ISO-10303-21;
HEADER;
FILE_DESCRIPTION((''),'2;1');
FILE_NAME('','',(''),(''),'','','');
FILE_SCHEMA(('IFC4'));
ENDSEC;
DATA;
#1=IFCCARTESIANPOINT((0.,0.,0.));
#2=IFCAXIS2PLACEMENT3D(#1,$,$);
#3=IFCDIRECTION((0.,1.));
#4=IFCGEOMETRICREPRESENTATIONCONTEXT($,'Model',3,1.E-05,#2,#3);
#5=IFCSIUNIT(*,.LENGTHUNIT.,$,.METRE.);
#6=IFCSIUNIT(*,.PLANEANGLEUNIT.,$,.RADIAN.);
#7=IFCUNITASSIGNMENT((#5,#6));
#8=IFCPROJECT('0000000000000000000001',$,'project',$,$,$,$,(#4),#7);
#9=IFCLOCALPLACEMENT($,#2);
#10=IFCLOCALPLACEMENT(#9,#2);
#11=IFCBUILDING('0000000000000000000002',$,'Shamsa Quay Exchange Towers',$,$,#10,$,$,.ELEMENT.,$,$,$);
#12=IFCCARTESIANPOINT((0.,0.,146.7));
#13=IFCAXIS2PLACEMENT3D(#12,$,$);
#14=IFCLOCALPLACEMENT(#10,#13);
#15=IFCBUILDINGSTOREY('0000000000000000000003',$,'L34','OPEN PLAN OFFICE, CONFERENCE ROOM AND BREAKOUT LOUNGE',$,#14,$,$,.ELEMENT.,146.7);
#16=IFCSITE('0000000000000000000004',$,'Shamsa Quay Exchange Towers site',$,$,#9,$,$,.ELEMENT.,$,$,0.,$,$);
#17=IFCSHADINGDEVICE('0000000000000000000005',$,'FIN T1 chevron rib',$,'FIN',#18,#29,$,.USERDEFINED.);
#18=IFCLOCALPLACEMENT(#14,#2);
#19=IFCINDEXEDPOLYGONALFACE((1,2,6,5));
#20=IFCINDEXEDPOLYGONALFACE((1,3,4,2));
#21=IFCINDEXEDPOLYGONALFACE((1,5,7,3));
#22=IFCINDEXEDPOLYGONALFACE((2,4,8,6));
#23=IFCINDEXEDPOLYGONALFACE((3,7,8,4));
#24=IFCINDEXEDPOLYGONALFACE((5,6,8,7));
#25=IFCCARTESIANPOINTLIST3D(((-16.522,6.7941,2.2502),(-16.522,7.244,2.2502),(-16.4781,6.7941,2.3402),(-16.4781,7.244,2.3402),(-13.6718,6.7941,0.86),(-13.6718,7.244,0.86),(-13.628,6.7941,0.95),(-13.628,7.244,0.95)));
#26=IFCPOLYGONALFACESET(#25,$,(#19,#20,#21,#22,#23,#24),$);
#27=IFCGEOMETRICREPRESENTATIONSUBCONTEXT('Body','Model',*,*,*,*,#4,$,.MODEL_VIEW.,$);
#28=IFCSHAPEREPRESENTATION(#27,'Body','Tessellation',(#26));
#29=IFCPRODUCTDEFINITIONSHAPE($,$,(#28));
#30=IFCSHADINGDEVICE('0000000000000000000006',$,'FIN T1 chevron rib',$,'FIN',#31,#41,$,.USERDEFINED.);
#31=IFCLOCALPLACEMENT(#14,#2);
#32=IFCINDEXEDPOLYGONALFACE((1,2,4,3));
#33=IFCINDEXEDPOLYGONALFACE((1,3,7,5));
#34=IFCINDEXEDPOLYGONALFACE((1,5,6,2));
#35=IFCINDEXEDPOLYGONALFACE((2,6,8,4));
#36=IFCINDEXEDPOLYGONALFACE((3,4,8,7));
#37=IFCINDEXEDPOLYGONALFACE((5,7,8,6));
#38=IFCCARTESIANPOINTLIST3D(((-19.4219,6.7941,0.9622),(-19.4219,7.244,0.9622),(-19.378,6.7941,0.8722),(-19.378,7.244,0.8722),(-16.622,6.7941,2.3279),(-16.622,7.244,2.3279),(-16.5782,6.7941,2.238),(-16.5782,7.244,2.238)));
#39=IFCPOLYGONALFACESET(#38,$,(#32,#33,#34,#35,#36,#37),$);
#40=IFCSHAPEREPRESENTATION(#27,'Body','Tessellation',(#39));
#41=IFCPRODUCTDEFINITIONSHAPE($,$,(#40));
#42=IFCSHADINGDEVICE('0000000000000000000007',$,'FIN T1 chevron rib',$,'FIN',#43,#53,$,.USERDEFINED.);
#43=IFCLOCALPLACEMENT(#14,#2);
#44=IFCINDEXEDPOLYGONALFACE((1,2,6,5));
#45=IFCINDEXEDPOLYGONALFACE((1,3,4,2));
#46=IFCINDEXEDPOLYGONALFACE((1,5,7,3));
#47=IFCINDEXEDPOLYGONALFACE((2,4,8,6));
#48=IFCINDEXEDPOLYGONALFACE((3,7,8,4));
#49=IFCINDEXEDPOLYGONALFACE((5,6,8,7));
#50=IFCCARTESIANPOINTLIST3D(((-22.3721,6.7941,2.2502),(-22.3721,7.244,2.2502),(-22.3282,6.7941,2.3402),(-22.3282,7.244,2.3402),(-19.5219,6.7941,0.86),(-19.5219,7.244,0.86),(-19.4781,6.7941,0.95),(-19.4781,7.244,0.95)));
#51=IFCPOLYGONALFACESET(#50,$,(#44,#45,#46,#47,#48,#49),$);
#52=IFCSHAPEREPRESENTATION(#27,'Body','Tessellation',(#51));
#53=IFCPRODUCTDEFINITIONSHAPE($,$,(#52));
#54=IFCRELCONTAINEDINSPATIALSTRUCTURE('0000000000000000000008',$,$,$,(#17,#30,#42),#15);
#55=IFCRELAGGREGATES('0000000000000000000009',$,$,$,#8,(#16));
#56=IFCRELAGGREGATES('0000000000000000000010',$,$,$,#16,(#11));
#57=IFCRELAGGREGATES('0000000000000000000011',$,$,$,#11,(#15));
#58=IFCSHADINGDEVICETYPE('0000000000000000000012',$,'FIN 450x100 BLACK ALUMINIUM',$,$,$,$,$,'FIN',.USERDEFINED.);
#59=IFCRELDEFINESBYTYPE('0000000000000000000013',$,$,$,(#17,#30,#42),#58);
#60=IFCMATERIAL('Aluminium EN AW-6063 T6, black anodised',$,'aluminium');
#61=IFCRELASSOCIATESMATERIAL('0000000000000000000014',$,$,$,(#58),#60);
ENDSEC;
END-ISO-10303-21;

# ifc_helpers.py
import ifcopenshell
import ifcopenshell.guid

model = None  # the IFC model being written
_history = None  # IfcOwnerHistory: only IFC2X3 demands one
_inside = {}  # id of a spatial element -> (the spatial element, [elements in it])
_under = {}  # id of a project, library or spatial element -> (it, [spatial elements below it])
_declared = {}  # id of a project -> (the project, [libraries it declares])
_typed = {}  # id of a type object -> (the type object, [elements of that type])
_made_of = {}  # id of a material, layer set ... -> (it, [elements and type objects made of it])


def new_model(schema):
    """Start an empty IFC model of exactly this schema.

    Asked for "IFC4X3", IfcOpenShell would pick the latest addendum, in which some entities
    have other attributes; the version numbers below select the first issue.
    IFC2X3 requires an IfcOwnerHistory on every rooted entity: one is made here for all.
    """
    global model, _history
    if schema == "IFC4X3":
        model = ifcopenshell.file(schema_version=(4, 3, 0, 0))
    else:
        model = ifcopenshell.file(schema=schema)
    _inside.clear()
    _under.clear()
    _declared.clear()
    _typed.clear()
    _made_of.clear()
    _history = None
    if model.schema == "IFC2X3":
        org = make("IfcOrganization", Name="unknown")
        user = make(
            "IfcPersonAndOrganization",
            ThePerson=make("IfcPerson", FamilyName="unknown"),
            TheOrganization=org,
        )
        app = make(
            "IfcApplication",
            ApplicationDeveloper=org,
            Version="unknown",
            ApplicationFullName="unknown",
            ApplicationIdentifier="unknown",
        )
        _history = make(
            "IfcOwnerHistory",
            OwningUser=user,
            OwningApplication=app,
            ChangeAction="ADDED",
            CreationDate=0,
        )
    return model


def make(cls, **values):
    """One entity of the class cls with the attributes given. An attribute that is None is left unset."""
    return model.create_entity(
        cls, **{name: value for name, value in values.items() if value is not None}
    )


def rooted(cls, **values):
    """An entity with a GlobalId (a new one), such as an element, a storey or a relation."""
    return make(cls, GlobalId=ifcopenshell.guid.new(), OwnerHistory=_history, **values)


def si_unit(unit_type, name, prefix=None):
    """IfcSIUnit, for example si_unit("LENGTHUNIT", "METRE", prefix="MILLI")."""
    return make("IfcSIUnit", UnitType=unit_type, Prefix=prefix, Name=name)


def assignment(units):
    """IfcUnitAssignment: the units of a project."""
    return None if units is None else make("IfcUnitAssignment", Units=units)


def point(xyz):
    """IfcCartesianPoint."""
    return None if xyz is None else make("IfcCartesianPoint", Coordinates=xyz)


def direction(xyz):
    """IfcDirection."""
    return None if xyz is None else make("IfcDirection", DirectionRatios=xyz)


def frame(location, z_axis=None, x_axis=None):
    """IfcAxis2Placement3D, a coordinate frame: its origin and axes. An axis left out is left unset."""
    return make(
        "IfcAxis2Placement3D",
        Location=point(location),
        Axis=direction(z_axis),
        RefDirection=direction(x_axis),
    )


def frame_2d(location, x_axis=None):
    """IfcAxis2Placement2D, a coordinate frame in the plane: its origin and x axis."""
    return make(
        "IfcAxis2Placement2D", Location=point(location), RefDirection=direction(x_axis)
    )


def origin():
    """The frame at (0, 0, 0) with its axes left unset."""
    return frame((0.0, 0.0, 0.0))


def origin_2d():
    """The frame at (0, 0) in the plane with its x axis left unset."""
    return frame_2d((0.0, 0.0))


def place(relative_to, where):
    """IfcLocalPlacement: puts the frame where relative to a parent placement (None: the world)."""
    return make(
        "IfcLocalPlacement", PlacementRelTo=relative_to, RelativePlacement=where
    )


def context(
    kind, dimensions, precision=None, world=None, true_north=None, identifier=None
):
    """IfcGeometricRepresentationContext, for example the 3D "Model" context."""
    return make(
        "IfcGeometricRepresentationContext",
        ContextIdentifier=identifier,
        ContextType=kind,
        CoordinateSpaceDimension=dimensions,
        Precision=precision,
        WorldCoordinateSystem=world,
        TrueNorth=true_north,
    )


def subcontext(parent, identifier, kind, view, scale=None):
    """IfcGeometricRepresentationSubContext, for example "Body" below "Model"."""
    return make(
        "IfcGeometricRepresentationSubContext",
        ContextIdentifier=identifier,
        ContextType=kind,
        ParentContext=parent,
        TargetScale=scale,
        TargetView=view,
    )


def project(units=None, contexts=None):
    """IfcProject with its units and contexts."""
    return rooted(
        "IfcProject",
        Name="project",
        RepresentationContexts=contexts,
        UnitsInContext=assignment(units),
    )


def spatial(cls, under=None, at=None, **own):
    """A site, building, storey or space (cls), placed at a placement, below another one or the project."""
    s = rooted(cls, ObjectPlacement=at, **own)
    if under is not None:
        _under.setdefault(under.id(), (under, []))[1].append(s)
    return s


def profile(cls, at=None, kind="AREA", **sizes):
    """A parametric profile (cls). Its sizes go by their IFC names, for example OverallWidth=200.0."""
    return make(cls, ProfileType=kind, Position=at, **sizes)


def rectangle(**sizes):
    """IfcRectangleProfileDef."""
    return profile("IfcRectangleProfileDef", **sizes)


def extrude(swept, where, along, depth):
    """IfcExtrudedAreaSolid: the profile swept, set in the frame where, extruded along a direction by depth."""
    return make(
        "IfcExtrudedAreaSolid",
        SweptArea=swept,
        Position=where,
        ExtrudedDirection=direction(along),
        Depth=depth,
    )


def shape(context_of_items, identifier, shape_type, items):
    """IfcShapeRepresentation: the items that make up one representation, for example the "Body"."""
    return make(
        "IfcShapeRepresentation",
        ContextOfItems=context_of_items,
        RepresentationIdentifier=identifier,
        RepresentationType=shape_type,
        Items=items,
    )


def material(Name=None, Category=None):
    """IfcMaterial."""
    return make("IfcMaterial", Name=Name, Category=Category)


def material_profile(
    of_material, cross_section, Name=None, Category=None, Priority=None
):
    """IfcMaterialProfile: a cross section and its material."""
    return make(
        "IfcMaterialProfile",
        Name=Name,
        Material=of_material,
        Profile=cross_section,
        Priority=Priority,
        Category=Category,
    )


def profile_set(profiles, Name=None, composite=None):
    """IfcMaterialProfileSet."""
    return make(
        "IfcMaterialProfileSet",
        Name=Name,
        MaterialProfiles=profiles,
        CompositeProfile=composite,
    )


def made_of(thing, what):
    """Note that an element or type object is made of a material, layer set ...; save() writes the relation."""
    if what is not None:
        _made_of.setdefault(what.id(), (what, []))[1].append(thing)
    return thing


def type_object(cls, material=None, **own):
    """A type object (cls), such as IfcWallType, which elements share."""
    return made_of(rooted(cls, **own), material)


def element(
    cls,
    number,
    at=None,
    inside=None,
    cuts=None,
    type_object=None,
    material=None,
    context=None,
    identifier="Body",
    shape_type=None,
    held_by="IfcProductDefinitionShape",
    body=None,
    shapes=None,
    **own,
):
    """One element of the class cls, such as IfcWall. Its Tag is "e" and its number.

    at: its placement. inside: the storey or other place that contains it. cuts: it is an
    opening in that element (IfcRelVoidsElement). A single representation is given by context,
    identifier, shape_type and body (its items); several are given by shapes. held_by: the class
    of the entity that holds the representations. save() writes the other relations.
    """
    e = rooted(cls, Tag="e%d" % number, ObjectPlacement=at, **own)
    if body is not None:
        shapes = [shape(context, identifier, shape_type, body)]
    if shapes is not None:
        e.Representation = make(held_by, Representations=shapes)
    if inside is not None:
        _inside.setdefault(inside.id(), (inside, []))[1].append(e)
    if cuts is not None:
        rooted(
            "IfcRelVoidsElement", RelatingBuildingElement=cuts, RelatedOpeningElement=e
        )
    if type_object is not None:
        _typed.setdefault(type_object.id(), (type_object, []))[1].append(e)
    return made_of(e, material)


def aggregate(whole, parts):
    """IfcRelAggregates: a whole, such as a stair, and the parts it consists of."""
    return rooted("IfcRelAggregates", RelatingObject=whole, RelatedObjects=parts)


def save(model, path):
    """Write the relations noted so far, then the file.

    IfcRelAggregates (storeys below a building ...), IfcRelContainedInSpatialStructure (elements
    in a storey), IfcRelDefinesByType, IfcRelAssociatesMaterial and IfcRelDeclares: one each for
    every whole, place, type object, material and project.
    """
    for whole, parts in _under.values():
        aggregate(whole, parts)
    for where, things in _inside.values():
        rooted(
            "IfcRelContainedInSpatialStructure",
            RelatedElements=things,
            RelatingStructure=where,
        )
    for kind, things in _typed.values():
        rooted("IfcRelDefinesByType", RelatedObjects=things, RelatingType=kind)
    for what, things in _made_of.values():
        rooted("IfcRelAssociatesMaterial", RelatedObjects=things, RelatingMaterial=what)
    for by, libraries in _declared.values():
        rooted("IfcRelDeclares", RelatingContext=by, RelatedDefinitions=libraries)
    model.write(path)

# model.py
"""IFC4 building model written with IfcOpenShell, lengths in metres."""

from ifc_helpers import new_model, si_unit, direction, frame, origin, origin_2d, place, context, subcontext, project, spatial, rectangle, extrude, material, material_profile, profile_set, type_object, element, save


model = new_model("IFC4")

# Units and contexts
model_context = context("Model", 3, precision=1e-05, world=origin(), true_north=direction((0.0, 1.0)))
body_context = subcontext(model_context, "Body", "Model", "MODEL_VIEW")
ifc_project = project(units=[si_unit("LENGTHUNIT", "METRE"), si_unit("PLANEANGLEUNIT", "RADIAN")], contexts=[model_context])

# Site, building, storey
site_placement = place(None, origin())
site = spatial("IfcSite", under=ifc_project, at=site_placement, Name="Shamsa Quay Exchange Towers site", CompositionType="ELEMENT", RefElevation=0.0)
building_placement = place(site_placement, origin())
building = spatial("IfcBuilding", under=site, at=building_placement, Name="Shamsa Quay Exchange Towers", CompositionType="ELEMENT")
storey_placement = place(building_placement, frame((0.0, 0.0, 146.7)))
storey = spatial("IfcBuildingStorey", under=building, at=storey_placement, Name="L34", Description="OPEN PLAN OFFICE, CONFERENCE ROOM AND BREAKOUT LOUNGE", CompositionType="ELEMENT", Elevation=146.7)

# Shared definitions
ifc_material_1 = material(Name="Aluminium EN AW-6063 T6, black anodised", Category="aluminium")

# Shading devices
ifc_material_profile_1 = material_profile(ifc_material_1, rectangle(XDim=0.45, YDim=0.1001, at=origin_2d()), Name="FIN450x100")
ifc_profile_set_1 = profile_set([ifc_material_profile_1], Name="Aluminium EN AW-6063 T6, black anodised")
shading_device_type = type_object("IfcShadingDeviceType", Name="FIN 450x100 BLACK ALUMINIUM", ElementType="FIN", PredefinedType="USERDEFINED", material=ifc_profile_set_1)
for number, where, z_axis, x_axis, name in (
    (1, (-13.6499, 7.019, 0.905), (-0.898788, 0.0, 0.438384), (0.0, -1.0, 0.0), "FIN T1 chevron rib"),
):
    element("IfcShadingDevice", number, at=place(storey_placement, frame(where, z_axis=z_axis, x_axis=x_axis)), inside=storey, type_object=shading_device_type, Name=name, ObjectType="FIN", PredefinedType="USERDEFINED", context=body_context, shape_type="SweptSolid", body=[
        extrude(rectangle(XDim=0.45, YDim=0.1001, at=origin_2d()), origin(), (0.0, 0.0, 1.0), 3.1711),
    ])
shading_device_1_placement = place(storey_placement, frame((-16.6001, 7.019, 2.283), z_axis=(-0.898773, 0.0, -0.438414), x_axis=(0.0, -1.0, 0.0)))
element("IfcShadingDevice", 2, at=shading_device_1_placement, inside=storey, type_object=shading_device_type, Name="FIN T1 chevron rib", ObjectType="FIN", PredefinedType="USERDEFINED", context=body_context, shape_type="SweptSolid", body=[
    extrude(rectangle(XDim=0.45, YDim=0.1001, at=origin_2d()), origin(), (0.0, 0.0, 1.0), 3.1152),
])
shading_device_2_placement = place(storey_placement, frame((-19.5, 7.019, 0.905), z_axis=(-0.898788, 0.0, 0.438384), x_axis=(0.0, -1.0, 0.0)))
element("IfcShadingDevice", 3, at=shading_device_2_placement, inside=storey, type_object=shading_device_type, Name="FIN T1 chevron rib", ObjectType="FIN", PredefinedType="USERDEFINED", context=body_context, shape_type="SweptSolid", body=[
    extrude(rectangle(XDim=0.45, YDim=0.1001, at=origin_2d()), origin(), (0.0, 0.0, 1.0), 3.1711),
])

save(model, "model.ifc")
